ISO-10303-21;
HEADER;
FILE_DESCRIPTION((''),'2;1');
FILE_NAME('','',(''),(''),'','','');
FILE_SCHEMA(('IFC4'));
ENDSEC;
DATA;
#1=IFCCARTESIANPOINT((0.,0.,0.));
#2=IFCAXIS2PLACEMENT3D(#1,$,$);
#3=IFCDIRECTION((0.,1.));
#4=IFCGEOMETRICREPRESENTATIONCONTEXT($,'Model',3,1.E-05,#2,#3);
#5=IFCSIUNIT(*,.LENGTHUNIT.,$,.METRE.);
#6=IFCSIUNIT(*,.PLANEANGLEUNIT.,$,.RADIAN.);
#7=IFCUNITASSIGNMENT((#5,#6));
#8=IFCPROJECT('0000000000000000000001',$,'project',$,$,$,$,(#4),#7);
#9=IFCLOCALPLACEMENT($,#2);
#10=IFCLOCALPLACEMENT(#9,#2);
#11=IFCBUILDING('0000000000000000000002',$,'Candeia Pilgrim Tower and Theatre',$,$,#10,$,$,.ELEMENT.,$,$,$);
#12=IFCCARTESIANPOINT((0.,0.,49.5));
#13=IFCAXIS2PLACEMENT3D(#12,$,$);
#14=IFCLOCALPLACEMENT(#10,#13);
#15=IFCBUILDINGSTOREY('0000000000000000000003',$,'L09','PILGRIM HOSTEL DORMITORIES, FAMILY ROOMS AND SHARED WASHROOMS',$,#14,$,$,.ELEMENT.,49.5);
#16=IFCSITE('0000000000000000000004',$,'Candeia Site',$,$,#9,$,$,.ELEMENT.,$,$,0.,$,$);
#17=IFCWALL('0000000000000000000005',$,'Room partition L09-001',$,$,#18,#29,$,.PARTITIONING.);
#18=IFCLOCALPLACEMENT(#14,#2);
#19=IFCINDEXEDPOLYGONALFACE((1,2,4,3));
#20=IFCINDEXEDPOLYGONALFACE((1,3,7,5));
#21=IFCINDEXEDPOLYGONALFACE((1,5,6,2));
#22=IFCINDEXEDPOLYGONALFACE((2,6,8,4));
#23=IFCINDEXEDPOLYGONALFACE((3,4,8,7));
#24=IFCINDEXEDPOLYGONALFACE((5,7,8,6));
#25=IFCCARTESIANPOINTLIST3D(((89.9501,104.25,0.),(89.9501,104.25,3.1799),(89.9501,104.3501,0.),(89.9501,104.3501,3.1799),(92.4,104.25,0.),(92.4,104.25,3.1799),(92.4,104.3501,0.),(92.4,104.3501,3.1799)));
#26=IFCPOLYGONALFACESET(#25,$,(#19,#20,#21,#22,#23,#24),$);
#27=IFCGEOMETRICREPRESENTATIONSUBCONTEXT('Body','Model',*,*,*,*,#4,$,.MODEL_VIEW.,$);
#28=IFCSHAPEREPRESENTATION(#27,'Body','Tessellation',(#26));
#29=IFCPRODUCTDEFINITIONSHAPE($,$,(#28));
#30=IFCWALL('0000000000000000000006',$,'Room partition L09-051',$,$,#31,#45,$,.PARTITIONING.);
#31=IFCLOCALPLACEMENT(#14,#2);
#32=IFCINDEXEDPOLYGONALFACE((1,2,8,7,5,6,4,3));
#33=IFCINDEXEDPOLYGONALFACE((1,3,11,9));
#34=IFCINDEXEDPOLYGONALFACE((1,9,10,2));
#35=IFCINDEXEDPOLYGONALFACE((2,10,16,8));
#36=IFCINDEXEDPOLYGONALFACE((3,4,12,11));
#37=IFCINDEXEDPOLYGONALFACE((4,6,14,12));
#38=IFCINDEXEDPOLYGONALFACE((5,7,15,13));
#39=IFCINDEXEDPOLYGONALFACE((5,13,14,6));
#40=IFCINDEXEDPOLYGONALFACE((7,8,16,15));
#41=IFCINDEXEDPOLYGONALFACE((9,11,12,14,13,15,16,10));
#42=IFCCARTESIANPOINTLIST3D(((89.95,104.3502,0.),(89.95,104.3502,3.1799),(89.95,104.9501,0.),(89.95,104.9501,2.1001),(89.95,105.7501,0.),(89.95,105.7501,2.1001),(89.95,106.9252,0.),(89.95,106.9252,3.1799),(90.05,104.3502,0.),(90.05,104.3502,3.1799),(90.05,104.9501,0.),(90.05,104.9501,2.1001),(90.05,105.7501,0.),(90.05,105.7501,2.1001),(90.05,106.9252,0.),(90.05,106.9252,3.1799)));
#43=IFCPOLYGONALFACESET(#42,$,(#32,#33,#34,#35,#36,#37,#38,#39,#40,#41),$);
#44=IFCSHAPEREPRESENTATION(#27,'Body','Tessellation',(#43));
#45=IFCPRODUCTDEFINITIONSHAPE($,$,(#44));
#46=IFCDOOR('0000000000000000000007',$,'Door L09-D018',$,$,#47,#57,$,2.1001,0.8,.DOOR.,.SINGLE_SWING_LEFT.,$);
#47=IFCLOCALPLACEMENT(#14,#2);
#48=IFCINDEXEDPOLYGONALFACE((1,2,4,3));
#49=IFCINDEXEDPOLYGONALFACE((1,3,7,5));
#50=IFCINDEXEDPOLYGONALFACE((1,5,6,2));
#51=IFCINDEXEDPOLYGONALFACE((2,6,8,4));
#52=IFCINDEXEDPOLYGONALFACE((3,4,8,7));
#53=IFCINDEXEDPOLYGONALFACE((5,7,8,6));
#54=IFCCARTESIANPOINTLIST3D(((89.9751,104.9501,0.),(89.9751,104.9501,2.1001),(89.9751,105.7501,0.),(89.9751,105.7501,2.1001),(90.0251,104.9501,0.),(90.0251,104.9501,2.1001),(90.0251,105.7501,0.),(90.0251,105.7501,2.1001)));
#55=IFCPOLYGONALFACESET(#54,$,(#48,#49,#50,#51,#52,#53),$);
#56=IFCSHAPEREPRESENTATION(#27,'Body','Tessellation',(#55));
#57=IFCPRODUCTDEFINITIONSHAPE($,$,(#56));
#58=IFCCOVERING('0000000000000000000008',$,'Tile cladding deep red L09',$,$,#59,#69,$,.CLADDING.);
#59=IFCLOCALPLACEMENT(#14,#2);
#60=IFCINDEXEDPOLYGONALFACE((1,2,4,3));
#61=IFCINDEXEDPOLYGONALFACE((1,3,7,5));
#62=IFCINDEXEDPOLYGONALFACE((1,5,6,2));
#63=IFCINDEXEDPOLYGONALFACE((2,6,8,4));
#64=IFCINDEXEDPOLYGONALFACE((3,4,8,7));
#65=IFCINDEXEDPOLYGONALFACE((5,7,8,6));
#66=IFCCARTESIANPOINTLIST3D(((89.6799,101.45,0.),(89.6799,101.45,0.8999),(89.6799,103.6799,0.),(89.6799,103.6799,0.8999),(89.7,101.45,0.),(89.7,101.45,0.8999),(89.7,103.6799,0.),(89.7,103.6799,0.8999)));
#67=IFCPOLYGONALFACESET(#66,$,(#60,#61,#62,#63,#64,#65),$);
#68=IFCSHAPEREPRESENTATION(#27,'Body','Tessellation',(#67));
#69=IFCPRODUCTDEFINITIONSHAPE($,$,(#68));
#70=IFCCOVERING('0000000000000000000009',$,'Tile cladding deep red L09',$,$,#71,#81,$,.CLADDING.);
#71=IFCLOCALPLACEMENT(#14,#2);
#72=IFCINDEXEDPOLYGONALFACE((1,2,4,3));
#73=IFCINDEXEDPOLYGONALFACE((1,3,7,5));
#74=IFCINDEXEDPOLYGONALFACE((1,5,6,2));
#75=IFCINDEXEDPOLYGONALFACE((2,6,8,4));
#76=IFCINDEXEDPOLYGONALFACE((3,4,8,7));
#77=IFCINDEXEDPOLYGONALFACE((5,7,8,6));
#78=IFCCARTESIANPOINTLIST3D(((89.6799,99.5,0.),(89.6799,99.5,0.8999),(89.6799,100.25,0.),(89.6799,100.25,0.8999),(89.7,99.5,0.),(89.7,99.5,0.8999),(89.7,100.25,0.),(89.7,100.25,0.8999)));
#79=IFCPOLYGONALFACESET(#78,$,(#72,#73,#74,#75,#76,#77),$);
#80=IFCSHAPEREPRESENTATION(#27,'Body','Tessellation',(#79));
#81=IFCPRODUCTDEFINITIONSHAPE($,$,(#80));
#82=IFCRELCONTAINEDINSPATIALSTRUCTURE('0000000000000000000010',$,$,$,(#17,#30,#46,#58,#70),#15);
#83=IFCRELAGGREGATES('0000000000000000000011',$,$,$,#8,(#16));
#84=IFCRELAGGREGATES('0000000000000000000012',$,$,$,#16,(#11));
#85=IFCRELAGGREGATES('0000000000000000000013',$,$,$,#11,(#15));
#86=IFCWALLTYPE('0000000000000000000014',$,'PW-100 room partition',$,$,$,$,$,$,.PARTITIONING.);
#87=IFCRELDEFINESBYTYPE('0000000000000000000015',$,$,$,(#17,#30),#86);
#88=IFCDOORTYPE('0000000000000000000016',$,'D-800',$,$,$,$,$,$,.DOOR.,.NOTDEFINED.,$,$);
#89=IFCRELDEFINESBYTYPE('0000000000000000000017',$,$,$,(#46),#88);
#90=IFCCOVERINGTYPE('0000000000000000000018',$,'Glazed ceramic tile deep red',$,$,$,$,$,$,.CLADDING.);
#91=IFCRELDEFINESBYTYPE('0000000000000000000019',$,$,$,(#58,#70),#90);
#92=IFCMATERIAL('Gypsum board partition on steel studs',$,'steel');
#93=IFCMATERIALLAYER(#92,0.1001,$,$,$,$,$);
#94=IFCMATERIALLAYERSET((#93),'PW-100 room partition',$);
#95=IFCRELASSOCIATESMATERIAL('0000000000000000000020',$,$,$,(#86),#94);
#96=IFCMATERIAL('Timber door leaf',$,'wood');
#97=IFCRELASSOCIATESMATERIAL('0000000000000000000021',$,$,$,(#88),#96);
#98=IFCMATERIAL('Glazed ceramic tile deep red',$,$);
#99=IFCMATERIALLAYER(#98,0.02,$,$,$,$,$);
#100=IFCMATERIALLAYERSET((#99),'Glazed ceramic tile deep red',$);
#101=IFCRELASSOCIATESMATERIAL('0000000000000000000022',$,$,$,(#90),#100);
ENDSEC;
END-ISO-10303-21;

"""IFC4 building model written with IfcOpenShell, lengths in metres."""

from ifc_helpers import new_model, si_unit, direction, frame, frame_2d, origin, origin_2d, place, context, subcontext, project, spatial, rectangle, extrude, material, layer, layer_set, type_object, element, fill, save


model = new_model("IFC4")

# Units and contexts
model_context = context("Model", 3, precision=1e-05, world=origin(), true_north=direction((0.0, 1.0)))
body_context = subcontext(model_context, "Body", "Model", "MODEL_VIEW")
ifc_project = project(units=[si_unit("LENGTHUNIT", "METRE"), si_unit("PLANEANGLEUNIT", "RADIAN")], contexts=[model_context])

# Site, building, storey
site_placement = place(None, origin())
site = spatial("IfcSite", under=ifc_project, at=site_placement, Name="Candeia Site", CompositionType="ELEMENT", RefElevation=0.0)
building_placement = place(site_placement, origin())
building = spatial("IfcBuilding", under=site, at=building_placement, Name="Candeia Pilgrim Tower and Theatre", CompositionType="ELEMENT")
storey_placement = place(building_placement, frame((0.0, 0.0, 49.5)))
storey = spatial("IfcBuildingStorey", under=building, at=storey_placement, Name="L09", Description="PILGRIM HOSTEL DORMITORIES, FAMILY ROOMS AND SHARED WASHROOMS", CompositionType="ELEMENT", Elevation=49.5)

# Wall
ifc_material_1 = material(Name="Gypsum board partition on steel studs", Category="steel")
ifc_layer_1 = layer(ifc_material_1, 0.1001)
ifc_layer_set_1 = layer_set([ifc_layer_1], Name="PW-100 room partition")
wall_type_1 = type_object("IfcWallType", Name="PW-100 room partition", PredefinedType="PARTITIONING", material=ifc_layer_set_1)
wall_1_placement = place(storey_placement, frame((89.95, 104.3, 0.0), z_axis=(0.0, 0.0, 1.0), x_axis=(1.0, 0.0, 0.0)))
element("IfcWall", 1, at=wall_1_placement, inside=storey, type_object=wall_type_1, Name="Room partition L09-001", PredefinedType="PARTITIONING", context=body_context, shape_type="SweptSolid", body=[
    extrude(rectangle(XDim=2.45, YDim=0.1001, at=frame_2d((1.2251, 0.0))), origin(), (0.0, 0.0, 1.0), 3.1799),
])

# Wall, opening, door
wall_2_placement = place(storey_placement, frame((90.0, 104.3501, 0.0), z_axis=(0.0, 0.0, 1.0), x_axis=(0.0, 1.0, 0.0)))
wall_2 = element("IfcWall", 2, at=wall_2_placement, inside=storey, type_object=wall_type_1, Name="Room partition L09-051", PredefinedType="PARTITIONING", context=body_context, shape_type="SweptSolid", body=[
    extrude(rectangle(XDim=2.575, YDim=0.1001, at=frame_2d((1.2876, 0.0))), origin(), (0.0, 0.0, 1.0), 3.1799),
])
opening_1_placement = place(wall_2_placement, frame((0.6001, 0.0, 0.0)))
opening_1 = element("IfcOpeningElement", 3, at=opening_1_placement, cuts=wall_2, PredefinedType="OPENING", context=body_context, shape_type="SweptSolid", body=[
    extrude(rectangle(XDim=0.8, YDim=2.1001, at=frame_2d((0.3999, 1.05))), frame((0.0, 0.0601, 0.0), z_axis=(0.0, -1.0, 0.0), x_axis=(1.0, 0.0, 0.0)), (0.0, 0.0, 1.0), 0.1201),
])
ifc_material_2 = material(Name="Timber door leaf", Category="wood")
door_type_1 = type_object("IfcDoorType", Name="D-800", OperationType="NOTDEFINED", PredefinedType="DOOR", material=ifc_material_2)
door_1_placement = place(opening_1_placement, origin())
door_1 = element("IfcDoor", 4, at=door_1_placement, inside=storey, type_object=door_type_1, Name="Door L09-D018", OperationType="SINGLE_SWING_LEFT", OverallHeight=2.1001, OverallWidth=0.8, PredefinedType="DOOR", context=body_context, shape_type="SweptSolid", body=[
    extrude(rectangle(XDim=0.8, YDim=2.1001, at=frame_2d((0.3999, 1.05))), frame((0.0, 0.0249, 0.0), z_axis=(0.0, -1.0, 0.0), x_axis=(1.0, 0.0, 0.0)), (0.0, 0.0, 1.0), 0.05),
])
fill(opening_1, door_1)

# Coverings
ifc_material_3 = material(Name="Glazed ceramic tile deep red")
ifc_layer_2 = layer(ifc_material_3, 0.02)
ifc_layer_set_2 = layer_set([ifc_layer_2], Name="Glazed ceramic tile deep red")
covering_type = type_object("IfcCoveringType", Name="Glazed ceramic tile deep red", PredefinedType="CLADDING", material=ifc_layer_set_2)
covering_1_placement = place(storey_placement, frame((89.6899, 102.5649, 0.0), z_axis=(0.0, 0.0, 1.0), x_axis=(0.0, -1.0, 0.0)))
element("IfcCovering", 5, at=covering_1_placement, inside=storey, type_object=covering_type, Name="Tile cladding deep red L09", PredefinedType="CLADDING", context=body_context, shape_type="SweptSolid", body=[
    extrude(rectangle(XDim=2.23, YDim=0.02, at=origin_2d()), origin(), (0.0, 0.0, 1.0), 0.8999),
])
covering_2_placement = place(storey_placement, frame((89.6899, 99.875, 0.0), z_axis=(0.0, 0.0, 1.0), x_axis=(0.0, -1.0, 0.0)))
element("IfcCovering", 6, at=covering_2_placement, inside=storey, type_object=covering_type, Name="Tile cladding deep red L09", PredefinedType="CLADDING", context=body_context, shape_type="SweptSolid", body=[
    extrude(rectangle(XDim=0.75, YDim=0.02, at=origin_2d()), origin(), (0.0, 0.0, 1.0), 0.8999),
])

save(model, "model.ifc")
